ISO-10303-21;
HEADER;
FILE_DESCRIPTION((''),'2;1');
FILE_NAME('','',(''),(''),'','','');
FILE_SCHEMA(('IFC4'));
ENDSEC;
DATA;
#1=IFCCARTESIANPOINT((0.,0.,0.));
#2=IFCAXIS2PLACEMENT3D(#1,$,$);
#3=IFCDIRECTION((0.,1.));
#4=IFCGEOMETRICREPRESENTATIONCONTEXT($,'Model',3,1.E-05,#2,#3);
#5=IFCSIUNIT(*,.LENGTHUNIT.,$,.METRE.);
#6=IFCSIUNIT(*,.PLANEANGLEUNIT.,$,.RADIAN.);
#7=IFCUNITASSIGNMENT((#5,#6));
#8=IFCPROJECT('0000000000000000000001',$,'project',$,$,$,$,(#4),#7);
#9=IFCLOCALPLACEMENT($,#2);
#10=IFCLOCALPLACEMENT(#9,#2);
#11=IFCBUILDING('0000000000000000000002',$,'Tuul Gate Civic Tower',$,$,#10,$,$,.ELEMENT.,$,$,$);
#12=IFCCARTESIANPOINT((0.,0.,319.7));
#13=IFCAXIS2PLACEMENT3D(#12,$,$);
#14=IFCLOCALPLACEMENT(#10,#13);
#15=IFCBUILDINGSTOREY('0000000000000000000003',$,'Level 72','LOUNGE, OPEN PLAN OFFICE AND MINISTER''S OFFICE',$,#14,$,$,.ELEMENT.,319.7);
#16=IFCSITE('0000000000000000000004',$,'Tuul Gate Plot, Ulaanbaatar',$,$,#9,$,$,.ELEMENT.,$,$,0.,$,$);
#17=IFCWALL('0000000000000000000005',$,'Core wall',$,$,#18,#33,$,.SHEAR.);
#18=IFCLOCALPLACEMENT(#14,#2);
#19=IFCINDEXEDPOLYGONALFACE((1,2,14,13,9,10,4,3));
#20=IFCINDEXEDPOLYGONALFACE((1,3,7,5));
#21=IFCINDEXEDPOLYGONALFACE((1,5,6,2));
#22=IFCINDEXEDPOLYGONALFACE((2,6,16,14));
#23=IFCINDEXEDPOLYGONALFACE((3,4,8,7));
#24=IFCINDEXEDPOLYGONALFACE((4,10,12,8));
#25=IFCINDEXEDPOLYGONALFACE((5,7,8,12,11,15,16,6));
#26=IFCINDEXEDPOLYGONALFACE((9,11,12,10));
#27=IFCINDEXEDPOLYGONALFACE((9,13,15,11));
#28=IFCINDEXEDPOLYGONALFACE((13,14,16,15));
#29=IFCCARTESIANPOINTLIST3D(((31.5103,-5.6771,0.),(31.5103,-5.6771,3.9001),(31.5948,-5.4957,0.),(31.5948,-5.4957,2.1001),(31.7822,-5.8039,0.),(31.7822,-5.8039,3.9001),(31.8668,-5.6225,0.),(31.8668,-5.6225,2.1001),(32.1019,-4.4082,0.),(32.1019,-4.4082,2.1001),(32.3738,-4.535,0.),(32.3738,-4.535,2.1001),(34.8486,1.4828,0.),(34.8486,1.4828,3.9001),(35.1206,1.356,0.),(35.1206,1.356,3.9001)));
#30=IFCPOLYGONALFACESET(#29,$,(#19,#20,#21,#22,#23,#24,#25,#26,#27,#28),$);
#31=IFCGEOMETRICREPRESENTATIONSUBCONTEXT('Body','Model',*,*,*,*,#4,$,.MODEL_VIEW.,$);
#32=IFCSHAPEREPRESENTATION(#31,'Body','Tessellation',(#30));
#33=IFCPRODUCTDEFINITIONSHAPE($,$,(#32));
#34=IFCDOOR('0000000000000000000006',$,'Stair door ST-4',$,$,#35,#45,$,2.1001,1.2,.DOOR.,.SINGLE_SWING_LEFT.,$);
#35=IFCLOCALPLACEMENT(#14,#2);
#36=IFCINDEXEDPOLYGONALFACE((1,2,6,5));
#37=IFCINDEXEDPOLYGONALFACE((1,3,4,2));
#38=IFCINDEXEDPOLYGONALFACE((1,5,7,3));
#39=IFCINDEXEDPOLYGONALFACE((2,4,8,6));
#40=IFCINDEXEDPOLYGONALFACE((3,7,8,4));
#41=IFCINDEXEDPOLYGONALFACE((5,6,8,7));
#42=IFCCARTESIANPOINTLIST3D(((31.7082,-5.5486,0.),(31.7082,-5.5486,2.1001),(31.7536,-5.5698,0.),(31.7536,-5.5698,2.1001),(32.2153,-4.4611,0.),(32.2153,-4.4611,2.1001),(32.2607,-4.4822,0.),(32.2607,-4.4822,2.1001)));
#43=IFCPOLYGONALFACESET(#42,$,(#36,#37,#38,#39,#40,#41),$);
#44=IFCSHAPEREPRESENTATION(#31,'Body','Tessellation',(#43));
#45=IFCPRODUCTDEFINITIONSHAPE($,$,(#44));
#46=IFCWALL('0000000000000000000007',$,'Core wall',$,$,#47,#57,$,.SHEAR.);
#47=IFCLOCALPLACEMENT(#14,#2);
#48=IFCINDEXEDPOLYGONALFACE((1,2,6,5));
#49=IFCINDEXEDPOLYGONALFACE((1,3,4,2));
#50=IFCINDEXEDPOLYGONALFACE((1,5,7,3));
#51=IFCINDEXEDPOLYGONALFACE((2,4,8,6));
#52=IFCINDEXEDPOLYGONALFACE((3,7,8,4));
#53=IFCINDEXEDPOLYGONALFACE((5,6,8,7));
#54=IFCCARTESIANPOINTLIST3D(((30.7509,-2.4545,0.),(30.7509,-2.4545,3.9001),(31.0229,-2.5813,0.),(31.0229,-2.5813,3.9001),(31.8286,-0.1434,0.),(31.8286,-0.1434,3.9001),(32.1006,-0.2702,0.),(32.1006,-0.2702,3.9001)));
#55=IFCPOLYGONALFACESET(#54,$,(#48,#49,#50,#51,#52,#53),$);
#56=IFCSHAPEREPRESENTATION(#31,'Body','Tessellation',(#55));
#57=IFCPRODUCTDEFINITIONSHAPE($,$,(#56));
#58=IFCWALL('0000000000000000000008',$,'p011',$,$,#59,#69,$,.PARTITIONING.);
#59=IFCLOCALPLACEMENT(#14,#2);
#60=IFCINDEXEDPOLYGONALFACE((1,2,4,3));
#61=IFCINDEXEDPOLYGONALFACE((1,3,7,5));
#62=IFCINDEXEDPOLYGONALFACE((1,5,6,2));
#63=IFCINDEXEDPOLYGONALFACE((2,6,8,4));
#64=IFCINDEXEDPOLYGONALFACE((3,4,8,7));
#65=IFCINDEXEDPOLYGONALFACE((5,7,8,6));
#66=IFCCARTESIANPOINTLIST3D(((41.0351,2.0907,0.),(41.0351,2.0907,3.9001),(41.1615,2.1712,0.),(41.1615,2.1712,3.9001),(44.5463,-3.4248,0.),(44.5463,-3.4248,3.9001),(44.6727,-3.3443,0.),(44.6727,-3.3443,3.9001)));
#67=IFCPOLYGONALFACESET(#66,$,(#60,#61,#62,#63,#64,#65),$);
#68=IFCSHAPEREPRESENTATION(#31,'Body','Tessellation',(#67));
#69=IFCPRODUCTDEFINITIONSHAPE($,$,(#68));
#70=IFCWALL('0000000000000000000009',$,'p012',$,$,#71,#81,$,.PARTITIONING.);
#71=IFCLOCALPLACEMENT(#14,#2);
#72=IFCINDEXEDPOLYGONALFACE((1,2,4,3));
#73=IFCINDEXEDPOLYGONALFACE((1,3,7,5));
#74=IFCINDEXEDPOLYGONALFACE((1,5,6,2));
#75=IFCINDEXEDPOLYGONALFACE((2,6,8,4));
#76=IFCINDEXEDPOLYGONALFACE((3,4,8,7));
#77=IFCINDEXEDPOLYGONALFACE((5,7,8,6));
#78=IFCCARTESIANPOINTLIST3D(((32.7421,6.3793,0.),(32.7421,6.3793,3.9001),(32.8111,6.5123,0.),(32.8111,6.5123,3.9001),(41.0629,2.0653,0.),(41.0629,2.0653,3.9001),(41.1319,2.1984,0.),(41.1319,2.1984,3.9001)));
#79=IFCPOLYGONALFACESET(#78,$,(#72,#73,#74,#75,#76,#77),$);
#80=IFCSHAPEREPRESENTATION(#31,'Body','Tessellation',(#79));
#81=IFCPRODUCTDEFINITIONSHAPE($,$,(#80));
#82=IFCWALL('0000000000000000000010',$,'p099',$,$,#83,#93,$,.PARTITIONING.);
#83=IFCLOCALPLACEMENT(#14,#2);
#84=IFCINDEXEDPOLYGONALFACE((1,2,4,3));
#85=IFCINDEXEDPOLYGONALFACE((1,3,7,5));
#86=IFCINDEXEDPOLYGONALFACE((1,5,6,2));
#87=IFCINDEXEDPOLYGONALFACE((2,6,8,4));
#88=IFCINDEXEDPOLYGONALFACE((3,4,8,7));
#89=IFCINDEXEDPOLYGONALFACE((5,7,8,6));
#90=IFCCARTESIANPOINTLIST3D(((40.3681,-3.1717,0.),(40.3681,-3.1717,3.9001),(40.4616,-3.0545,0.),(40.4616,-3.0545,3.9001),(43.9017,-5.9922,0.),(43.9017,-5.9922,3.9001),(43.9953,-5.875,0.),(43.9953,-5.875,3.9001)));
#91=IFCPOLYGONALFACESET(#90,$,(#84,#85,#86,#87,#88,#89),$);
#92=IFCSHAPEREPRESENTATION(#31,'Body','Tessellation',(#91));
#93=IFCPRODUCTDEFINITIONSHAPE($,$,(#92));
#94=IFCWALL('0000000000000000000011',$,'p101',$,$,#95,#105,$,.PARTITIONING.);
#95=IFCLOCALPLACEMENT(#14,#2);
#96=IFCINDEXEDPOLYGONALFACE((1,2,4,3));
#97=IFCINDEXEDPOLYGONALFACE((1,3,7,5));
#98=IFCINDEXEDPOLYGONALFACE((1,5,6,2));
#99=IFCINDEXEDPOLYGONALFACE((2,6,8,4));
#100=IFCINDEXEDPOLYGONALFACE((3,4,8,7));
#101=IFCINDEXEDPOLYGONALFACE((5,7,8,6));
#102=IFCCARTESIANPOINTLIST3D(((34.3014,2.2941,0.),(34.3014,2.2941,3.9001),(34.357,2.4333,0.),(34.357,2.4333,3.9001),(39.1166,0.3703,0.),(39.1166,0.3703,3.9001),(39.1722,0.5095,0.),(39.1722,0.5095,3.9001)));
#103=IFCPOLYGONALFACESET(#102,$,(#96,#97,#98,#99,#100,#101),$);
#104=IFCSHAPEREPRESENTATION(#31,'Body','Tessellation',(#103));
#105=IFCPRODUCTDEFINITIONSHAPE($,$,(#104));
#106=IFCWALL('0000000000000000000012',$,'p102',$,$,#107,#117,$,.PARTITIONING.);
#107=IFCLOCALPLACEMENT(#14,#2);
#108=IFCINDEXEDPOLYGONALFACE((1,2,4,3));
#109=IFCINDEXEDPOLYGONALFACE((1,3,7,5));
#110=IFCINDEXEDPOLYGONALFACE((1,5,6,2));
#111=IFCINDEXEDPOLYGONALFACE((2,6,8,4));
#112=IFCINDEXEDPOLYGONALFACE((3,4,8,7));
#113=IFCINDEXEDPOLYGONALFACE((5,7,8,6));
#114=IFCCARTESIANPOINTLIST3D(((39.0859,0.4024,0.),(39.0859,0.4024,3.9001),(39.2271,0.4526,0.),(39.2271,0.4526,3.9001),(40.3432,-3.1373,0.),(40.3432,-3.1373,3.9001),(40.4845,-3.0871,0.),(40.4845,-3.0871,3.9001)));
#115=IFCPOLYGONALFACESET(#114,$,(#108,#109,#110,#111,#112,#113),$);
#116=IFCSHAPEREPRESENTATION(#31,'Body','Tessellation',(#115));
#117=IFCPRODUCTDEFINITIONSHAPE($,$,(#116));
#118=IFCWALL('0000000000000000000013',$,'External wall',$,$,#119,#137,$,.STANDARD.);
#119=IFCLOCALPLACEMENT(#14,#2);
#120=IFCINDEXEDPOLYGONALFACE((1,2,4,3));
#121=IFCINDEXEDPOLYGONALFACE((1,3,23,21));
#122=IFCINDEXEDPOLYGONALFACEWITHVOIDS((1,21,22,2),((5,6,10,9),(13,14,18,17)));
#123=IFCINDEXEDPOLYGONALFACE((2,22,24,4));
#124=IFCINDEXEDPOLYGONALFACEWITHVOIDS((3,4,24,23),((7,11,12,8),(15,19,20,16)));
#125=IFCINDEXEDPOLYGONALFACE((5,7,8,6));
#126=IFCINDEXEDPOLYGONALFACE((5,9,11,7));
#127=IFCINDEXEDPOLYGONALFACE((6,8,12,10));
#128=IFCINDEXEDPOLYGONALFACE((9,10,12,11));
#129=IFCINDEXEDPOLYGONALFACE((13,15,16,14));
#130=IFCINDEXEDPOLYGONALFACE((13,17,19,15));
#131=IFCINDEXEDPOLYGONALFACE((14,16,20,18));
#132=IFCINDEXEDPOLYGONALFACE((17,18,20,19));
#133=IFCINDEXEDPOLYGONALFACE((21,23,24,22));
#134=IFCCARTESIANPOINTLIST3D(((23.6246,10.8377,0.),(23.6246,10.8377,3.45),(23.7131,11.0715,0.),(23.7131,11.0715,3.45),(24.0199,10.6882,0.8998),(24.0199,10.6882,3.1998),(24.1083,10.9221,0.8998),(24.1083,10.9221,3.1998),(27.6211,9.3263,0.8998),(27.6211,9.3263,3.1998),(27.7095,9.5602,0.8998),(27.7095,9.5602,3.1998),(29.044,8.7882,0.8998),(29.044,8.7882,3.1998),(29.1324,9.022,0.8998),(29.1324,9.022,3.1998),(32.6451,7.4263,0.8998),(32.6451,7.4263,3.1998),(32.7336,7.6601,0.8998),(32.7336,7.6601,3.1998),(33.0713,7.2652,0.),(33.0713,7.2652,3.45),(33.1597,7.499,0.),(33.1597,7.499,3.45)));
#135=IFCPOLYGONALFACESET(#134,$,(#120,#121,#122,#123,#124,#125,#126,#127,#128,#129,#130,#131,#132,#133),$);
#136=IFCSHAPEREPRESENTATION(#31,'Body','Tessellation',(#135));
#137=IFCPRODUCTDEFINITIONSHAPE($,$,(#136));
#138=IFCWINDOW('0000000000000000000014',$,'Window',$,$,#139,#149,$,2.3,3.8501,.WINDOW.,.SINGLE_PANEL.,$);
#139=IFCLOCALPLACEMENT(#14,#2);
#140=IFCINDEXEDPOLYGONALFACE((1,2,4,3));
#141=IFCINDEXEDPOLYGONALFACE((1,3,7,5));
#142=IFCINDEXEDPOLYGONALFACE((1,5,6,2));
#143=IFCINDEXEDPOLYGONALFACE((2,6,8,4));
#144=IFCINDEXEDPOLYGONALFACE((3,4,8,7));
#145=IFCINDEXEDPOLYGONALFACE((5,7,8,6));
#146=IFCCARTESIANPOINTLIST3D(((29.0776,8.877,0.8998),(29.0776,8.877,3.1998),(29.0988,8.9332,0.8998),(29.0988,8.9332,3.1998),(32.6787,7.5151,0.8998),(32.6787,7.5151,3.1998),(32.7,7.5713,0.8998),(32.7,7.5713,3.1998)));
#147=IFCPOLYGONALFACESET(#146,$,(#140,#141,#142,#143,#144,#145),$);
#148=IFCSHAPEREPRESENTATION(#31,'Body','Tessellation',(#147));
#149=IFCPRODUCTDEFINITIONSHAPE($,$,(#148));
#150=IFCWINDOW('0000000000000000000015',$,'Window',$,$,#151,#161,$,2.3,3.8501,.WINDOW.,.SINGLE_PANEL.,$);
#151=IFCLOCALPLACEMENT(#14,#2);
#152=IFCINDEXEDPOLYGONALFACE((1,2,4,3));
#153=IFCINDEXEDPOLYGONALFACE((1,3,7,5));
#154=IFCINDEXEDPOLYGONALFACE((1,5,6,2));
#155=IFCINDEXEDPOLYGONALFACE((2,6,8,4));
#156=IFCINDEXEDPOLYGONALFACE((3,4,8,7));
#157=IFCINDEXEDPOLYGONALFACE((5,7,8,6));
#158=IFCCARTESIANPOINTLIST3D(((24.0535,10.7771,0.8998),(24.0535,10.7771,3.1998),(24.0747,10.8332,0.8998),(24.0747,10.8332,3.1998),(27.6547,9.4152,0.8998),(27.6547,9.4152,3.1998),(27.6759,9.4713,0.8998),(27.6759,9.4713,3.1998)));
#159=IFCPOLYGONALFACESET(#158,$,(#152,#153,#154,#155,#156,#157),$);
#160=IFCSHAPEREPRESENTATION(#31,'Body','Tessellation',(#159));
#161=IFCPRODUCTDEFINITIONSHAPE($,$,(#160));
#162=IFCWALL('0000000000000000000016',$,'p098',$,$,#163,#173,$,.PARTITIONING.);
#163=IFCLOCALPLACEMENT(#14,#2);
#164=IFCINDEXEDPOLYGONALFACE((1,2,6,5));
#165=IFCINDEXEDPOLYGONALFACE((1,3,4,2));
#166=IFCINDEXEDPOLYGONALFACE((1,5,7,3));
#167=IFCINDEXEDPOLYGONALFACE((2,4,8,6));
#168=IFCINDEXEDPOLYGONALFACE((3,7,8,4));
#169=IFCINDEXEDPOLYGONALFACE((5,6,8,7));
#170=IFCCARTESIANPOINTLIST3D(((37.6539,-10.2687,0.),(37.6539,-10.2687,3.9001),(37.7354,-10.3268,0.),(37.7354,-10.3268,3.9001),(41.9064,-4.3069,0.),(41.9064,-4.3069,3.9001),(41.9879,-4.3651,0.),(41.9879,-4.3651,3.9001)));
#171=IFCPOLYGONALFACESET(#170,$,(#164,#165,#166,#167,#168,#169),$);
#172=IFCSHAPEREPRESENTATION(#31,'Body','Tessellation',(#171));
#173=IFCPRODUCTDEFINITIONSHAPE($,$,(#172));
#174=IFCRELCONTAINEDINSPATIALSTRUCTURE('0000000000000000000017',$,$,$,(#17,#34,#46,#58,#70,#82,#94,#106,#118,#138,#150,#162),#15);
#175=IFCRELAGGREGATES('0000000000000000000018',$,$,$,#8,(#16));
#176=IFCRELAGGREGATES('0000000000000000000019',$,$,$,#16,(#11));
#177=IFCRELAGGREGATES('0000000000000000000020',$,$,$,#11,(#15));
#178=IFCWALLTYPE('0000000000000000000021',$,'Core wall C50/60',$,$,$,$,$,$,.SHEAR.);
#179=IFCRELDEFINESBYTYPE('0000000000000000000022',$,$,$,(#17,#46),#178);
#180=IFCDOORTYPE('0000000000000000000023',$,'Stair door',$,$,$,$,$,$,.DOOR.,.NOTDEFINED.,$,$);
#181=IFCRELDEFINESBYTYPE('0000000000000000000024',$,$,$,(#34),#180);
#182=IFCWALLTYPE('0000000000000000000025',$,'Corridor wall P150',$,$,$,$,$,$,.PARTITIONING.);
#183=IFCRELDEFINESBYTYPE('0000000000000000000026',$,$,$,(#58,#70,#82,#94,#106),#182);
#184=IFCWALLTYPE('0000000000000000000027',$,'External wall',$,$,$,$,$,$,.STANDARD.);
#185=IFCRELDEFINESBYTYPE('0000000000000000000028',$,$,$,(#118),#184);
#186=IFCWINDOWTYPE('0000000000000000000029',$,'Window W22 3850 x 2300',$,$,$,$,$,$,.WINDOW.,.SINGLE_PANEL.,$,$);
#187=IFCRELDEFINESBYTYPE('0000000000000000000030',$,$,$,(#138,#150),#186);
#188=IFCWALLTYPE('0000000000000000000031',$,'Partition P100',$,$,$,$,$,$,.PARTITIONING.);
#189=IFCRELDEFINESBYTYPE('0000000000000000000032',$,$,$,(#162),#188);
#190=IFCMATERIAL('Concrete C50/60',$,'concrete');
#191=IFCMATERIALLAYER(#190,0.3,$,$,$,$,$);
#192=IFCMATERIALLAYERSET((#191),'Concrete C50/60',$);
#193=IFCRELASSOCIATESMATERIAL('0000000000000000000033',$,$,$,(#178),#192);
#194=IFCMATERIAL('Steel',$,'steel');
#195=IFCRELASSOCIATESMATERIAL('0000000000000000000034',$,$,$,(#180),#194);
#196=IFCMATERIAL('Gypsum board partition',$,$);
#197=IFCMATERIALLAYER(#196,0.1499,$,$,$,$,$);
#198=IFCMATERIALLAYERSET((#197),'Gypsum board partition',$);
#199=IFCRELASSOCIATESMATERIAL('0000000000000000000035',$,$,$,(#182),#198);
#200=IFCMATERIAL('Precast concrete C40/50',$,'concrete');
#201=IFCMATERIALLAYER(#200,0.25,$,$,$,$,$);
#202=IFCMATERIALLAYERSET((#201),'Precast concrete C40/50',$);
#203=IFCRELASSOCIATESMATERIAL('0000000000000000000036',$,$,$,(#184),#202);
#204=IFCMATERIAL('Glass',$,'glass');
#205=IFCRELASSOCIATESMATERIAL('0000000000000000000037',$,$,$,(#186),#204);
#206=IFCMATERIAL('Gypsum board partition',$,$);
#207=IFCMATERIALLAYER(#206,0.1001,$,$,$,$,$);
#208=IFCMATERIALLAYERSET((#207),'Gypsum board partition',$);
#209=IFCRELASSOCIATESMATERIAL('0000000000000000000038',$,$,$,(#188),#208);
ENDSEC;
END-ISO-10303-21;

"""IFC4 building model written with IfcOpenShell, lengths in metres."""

from ifc_helpers import new_model, si_unit, direction, frame, frame_2d, origin, place, context, subcontext, project, spatial, rectangle, extrude, material, layer, layer_set, type_object, element, fill, save


model = new_model("IFC4")

# Units and contexts
model_context = context("Model", 3, precision=1e-05, world=origin(), true_north=direction((0.0, 1.0)))
body_context = subcontext(model_context, "Body", "Model", "MODEL_VIEW")
ifc_project = project(units=[si_unit("LENGTHUNIT", "METRE"), si_unit("PLANEANGLEUNIT", "RADIAN")], contexts=[model_context])

# Site, building, storey
site_placement = place(None, origin())
site = spatial("IfcSite", under=ifc_project, at=site_placement, Name="Tuul Gate Plot, Ulaanbaatar", CompositionType="ELEMENT", RefElevation=0.0)
building_placement = place(site_placement, origin())
building = spatial("IfcBuilding", under=site, at=building_placement, Name="Tuul Gate Civic Tower", CompositionType="ELEMENT")
storey_placement = place(building_placement, frame((0.0, 0.0, 319.7)))
storey = spatial("IfcBuildingStorey", under=building, at=storey_placement, Name="Level 72", Description="LOUNGE, OPEN PLAN OFFICE AND MINISTER'S OFFICE", CompositionType="ELEMENT", Elevation=319.7)

# Shared definitions
ifc_material_1 = material(Name="Concrete C50/60", Category="concrete")
ifc_layer_1 = layer(ifc_material_1, 0.3)
ifc_layer_set_1 = layer_set([ifc_layer_1], Name="Concrete C50/60")
wall_type_1 = type_object("IfcWallType", Name="Core wall C50/60", PredefinedType="SHEAR", material=ifc_layer_set_1)

# Wall, opening, door
wall_1_placement = place(storey_placement, frame((31.6462, -5.7405, 0.0), z_axis=(0.0, 0.0, 1.0), x_axis=(0.422583, 0.906324, 0.0)))
wall_1 = element("IfcWall", 1, at=wall_1_placement, inside=storey, type_object=wall_type_1, Name="Core wall", PredefinedType="SHEAR", context=body_context, shape_type="SweptSolid", body=[
    extrude(rectangle(XDim=7.8999, YDim=0.3, at=frame_2d((3.95, 0.0))), origin(), (0.0, 0.0, 1.0), 3.9001),
])
opening_1_placement = place(wall_1_placement, frame((0.2, 0.0, 0.0)))
opening_1 = element("IfcOpeningElement", 2, at=opening_1_placement, cuts=wall_1, PredefinedType="OPENING", context=body_context, shape_type="SweptSolid", body=[
    extrude(rectangle(XDim=1.2, YDim=2.1001, at=frame_2d((0.6001, 1.05))), frame((0.0, 0.1602, 0.0), z_axis=(0.0, -1.0, 0.0), x_axis=(1.0, 0.0, 0.0)), (0.0, 0.0, 1.0), 0.3201),
])
ifc_material_2 = material(Name="Steel", Category="steel")
door_type_1 = type_object("IfcDoorType", Name="Stair door", OperationType="NOTDEFINED", PredefinedType="DOOR", material=ifc_material_2)
door_1_placement = place(opening_1_placement, origin())
door_1 = element("IfcDoor", 3, at=door_1_placement, inside=storey, type_object=door_type_1, Name="Stair door ST-4", OperationType="SINGLE_SWING_LEFT", OverallHeight=2.1001, OverallWidth=1.2, PredefinedType="DOOR", context=body_context, shape_type="SweptSolid", body=[
    extrude(rectangle(XDim=1.2, YDim=2.1001, at=frame_2d((0.6001, 1.05))), frame((0.0, 0.0249, 0.0), z_axis=(0.0, -1.0, 0.0), x_axis=(1.0, 0.0, 0.0)), (0.0, 0.0, 1.0), 0.05),
])
fill(opening_1, door_1)

# Walls
wall_2_placement = place(storey_placement, frame((30.887, -2.5178, 0.0), z_axis=(0.0, 0.0, 1.0), x_axis=(0.422613, 0.90631, 0.0)))
element("IfcWall", 4, at=wall_2_placement, inside=storey, type_object=wall_type_1, Name="Core wall", PredefinedType="SHEAR", context=body_context, shape_type="SweptSolid", body=[
    extrude(rectangle(XDim=2.55, YDim=0.3, at=frame_2d((1.2749, 0.0))), origin(), (0.0, 0.0, 1.0), 3.9001),
])
ifc_material_3 = material(Name="Gypsum board partition")
ifc_layer_2 = layer(ifc_material_3, 0.1499)
ifc_layer_set_2 = layer_set([ifc_layer_2], Name="Gypsum board partition")
wall_type_2 = type_object("IfcWallType", Name="Corridor wall P150", PredefinedType="PARTITIONING", material=ifc_layer_set_2)
wall_3_placement = place(storey_placement, frame((41.0984, 2.1309, 0.0), z_axis=(0.0, 0.0, 1.0), x_axis=(0.537016, -0.843572, 0.0)))
element("IfcWall", 5, at=wall_3_placement, inside=storey, type_object=wall_type_2, Name="p011", PredefinedType="PARTITIONING", context=body_context, shape_type="SweptSolid", body=[
    extrude(rectangle(XDim=6.5383, YDim=0.1499, at=frame_2d((3.269, 0.0))), origin(), (0.0, 0.0, 1.0), 3.9001),
])
wall_4_placement = place(storey_placement, frame((32.7766, 6.4458, 0.0), z_axis=(0.0, 0.0, 1.0), x_axis=(0.887777, -0.460273, 0.0)))
element("IfcWall", 6, at=wall_4_placement, inside=storey, type_object=wall_type_2, Name="p012", PredefinedType="PARTITIONING", context=body_context, shape_type="SweptSolid", body=[
    extrude(rectangle(XDim=9.3726, YDim=0.1499, at=frame_2d((4.6863, 0.0))), origin(), (0.0, 0.0, 1.0), 3.9001),
])
wall_5_placement = place(storey_placement, frame((40.4148, -3.113, 0.0), z_axis=(0.0, 0.0, 1.0), x_axis=(0.781558, -0.623832, 0.0)))
element("IfcWall", 7, at=wall_5_placement, inside=storey, type_object=wall_type_2, Name="p099", PredefinedType="PARTITIONING", context=body_context, shape_type="SweptSolid", body=[
    extrude(rectangle(XDim=4.5212, YDim=0.1499, at=frame_2d((2.2607, 0.0))), origin(), (0.0, 0.0, 1.0), 3.9001),
])
wall_6_placement = place(storey_placement, frame((34.3291, 2.3638, 0.0), z_axis=(0.0, 0.0, 1.0), x_axis=(0.928626, -0.371017, 0.0)))
element("IfcWall", 8, at=wall_6_placement, inside=storey, type_object=wall_type_2, Name="p101", PredefinedType="PARTITIONING", context=body_context, shape_type="SweptSolid", body=[
    extrude(rectangle(XDim=5.1853, YDim=0.1499, at=frame_2d((2.5928, 0.0))), origin(), (0.0, 0.0, 1.0), 3.9001),
])
wall_7_placement = place(storey_placement, frame((39.1565, 0.4275, 0.0), z_axis=(0.0, 0.0, 1.0), x_axis=(0.33473, -0.942314, 0.0)))
element("IfcWall", 9, at=wall_7_placement, inside=storey, type_object=wall_type_2, Name="p102", PredefinedType="PARTITIONING", context=body_context, shape_type="SweptSolid", body=[
    extrude(rectangle(XDim=3.7563, YDim=0.1499, at=frame_2d((1.8782, 0.0))), origin(), (0.0, 0.0, 1.0), 3.9001),
])

# Wall, openings, windows
ifc_material_4 = material(Name="Precast concrete C40/50", Category="concrete")
ifc_layer_3 = layer(ifc_material_4, 0.25)
ifc_layer_set_3 = layer_set([ifc_layer_3], Name="Precast concrete C40/50")
wall_type_3 = type_object("IfcWallType", Name="External wall", PredefinedType="STANDARD", material=ifc_layer_set_3)
wall_8_placement = place(storey_placement, frame((33.1155, 7.3821, 0.0), z_axis=(0.0, 0.0, 1.0), x_axis=(-0.935347, 0.353731, 0.0)))
wall_8 = element("IfcWall", 10, at=wall_8_placement, inside=storey, type_object=wall_type_3, Name="External wall", PredefinedType="STANDARD", context=body_context, shape_type="SweptSolid", body=[
    extrude(rectangle(XDim=10.0996, YDim=0.25, at=frame_2d((5.0498, 0.0))), origin(), (0.0, 0.0, 1.0), 3.45),
])
opening_2_placement = place(wall_8_placement, frame((0.4556, 0.0, 0.8999)))
opening_2 = element("IfcOpeningElement", 11, at=opening_2_placement, cuts=wall_8, PredefinedType="OPENING", context=body_context, shape_type="SweptSolid", body=[
    extrude(rectangle(XDim=3.8501, YDim=2.3, at=frame_2d((1.925, 1.1499))), frame((0.0, 0.135, 0.0), z_axis=(0.0, -1.0, 0.0), x_axis=(1.0, 0.0, 0.0)), (0.0, 0.0, 1.0), 0.27),
])
opening_3_placement = place(wall_8_placement, frame((5.8269, 0.0, 0.8999)))
opening_3 = element("IfcOpeningElement", 12, at=opening_3_placement, cuts=wall_8, PredefinedType="OPENING", context=body_context, shape_type="SweptSolid", body=[
    extrude(rectangle(XDim=3.8501, YDim=2.3, at=frame_2d((1.925, 1.1499))), frame((0.0, 0.135, 0.0), z_axis=(0.0, -1.0, 0.0), x_axis=(1.0, 0.0, 0.0)), (0.0, 0.0, 1.0), 0.27),
])
ifc_material_5 = material(Name="Glass", Category="glass")
window_type = type_object("IfcWindowType", Name="Window W22 3850 x 2300", PartitioningType="SINGLE_PANEL", PredefinedType="WINDOW", material=ifc_material_5)
window_1_placement = place(opening_2_placement, origin())
window_1 = element("IfcWindow", 13, at=window_1_placement, inside=storey, type_object=window_type, Name="Window", OverallHeight=2.3, OverallWidth=3.8501, PartitioningType="SINGLE_PANEL", PredefinedType="WINDOW", context=body_context, shape_type="SweptSolid", body=[
    extrude(rectangle(XDim=3.8501, YDim=2.3, at=frame_2d((1.925, 1.1499))), frame((0.0, 0.03, 0.0), z_axis=(0.0, -1.0, 0.0), x_axis=(1.0, 0.0, 0.0)), (0.0, 0.0, 1.0), 0.0601),
])
fill(opening_2, window_1)
window_2_placement = place(opening_3_placement, origin())
window_2 = element("IfcWindow", 14, at=window_2_placement, inside=storey, type_object=window_type, Name="Window", OverallHeight=2.3, OverallWidth=3.8501, PartitioningType="SINGLE_PANEL", PredefinedType="WINDOW", context=body_context, shape_type="SweptSolid", body=[
    extrude(rectangle(XDim=3.8501, YDim=2.3, at=frame_2d((1.925, 1.1499))), frame((0.0, 0.03, 0.0), z_axis=(0.0, -1.0, 0.0), x_axis=(1.0, 0.0, 0.0)), (0.0, 0.0, 1.0), 0.0601),
])
fill(opening_3, window_2)

# Wall
ifc_material_6 = material(Name="Gypsum board partition")
ifc_layer_4 = layer(ifc_material_6, 0.1001)
ifc_layer_set_4 = layer_set([ifc_layer_4], Name="Gypsum board partition")
wall_type_4 = type_object("IfcWallType", Name="Partition P100", PredefinedType="PARTITIONING", material=ifc_layer_set_4)
wall_9_placement = place(storey_placement, frame((37.6946, -10.2979, 0.0), z_axis=(0.0, 0.0, 1.0), x_axis=(0.580705, 0.814114, 0.0)))
element("IfcWall", 15, at=wall_9_placement, inside=storey, type_object=wall_type_4, Name="p098", PredefinedType="PARTITIONING", context=body_context, shape_type="SweptSolid", body=[
    extrude(rectangle(XDim=7.323, YDim=0.1001, at=frame_2d((3.6616, 0.0))), origin(), (0.0, 0.0, 1.0), 3.9001),
])

save(model, "model.ifc")
